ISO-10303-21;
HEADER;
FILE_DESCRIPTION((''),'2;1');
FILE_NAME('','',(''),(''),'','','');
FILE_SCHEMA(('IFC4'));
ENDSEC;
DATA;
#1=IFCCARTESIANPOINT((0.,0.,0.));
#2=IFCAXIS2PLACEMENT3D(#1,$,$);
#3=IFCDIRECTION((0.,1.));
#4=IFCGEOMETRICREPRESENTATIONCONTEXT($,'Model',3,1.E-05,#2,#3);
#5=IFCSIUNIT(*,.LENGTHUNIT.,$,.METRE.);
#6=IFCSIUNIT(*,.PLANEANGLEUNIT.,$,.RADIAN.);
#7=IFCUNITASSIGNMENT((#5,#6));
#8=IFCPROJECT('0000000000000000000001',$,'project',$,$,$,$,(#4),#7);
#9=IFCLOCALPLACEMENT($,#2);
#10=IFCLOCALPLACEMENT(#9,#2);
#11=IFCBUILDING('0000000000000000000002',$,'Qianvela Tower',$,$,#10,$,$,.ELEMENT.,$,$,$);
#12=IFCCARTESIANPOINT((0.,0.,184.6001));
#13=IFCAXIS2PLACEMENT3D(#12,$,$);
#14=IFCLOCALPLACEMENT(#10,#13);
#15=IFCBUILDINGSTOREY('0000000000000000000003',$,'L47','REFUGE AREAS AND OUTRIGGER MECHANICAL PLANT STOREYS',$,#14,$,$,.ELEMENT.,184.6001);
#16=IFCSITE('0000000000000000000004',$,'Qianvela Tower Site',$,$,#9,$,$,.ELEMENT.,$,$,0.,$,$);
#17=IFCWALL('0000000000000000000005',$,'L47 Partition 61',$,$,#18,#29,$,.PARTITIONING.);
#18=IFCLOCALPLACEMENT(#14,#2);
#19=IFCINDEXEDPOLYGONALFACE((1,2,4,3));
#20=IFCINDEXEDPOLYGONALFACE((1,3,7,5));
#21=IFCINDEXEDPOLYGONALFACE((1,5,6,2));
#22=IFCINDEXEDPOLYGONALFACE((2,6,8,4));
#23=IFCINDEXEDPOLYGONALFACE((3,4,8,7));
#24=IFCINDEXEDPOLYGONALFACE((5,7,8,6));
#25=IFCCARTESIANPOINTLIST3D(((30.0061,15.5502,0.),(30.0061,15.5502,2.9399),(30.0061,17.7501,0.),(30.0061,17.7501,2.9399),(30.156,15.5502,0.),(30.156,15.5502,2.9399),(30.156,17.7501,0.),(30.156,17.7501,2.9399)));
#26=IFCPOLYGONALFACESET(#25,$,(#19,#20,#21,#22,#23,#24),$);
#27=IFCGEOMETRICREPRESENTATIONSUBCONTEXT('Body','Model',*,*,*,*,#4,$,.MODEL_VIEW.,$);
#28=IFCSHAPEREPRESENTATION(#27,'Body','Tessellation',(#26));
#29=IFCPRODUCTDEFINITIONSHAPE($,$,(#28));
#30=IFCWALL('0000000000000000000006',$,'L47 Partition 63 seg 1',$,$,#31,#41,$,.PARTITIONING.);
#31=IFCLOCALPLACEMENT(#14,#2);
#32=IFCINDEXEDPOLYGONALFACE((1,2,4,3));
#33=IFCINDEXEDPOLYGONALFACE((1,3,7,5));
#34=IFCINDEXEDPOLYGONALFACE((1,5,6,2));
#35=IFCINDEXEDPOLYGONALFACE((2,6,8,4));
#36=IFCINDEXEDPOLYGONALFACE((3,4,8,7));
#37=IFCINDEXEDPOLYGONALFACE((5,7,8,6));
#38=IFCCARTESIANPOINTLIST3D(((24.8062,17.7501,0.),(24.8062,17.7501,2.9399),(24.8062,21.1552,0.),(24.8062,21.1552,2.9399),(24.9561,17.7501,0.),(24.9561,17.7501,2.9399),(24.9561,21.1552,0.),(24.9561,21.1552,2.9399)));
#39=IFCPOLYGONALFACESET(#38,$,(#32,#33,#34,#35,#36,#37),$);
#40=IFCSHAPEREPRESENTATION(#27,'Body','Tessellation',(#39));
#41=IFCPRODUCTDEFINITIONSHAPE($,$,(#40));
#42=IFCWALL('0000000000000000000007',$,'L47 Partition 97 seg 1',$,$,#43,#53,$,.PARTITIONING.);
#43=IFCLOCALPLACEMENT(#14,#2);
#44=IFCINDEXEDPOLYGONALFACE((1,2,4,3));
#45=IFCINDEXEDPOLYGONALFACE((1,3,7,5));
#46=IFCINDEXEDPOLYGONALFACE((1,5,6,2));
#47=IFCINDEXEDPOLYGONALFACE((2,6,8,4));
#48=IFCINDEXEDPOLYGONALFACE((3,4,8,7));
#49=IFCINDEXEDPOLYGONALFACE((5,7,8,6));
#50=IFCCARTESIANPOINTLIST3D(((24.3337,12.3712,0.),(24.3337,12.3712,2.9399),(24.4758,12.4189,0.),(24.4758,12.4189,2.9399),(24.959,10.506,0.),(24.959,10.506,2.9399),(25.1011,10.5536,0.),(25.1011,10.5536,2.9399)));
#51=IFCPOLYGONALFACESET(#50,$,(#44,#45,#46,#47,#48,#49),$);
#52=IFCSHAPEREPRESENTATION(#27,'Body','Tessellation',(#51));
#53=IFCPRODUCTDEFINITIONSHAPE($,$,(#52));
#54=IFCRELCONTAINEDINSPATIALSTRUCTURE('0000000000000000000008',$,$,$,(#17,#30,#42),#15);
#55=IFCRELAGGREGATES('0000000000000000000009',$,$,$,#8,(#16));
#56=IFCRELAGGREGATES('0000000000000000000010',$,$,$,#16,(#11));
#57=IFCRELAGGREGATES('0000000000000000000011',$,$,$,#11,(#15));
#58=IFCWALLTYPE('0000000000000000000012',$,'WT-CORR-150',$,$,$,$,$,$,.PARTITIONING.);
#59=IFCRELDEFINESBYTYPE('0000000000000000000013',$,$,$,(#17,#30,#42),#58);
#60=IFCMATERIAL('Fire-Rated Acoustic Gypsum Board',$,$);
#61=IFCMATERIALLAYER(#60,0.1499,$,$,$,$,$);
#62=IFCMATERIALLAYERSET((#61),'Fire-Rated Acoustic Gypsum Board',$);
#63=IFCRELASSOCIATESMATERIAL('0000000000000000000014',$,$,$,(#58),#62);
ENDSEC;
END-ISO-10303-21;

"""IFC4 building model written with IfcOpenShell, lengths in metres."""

from ifc_helpers import new_model, si_unit, direction, frame, frame_2d, origin, place, context, subcontext, project, spatial, rectangle, extrude, material, layer, layer_set, type_object, element, save


model = new_model("IFC4")

# Units and contexts
model_context = context("Model", 3, precision=1e-05, world=origin(), true_north=direction((0.0, 1.0)))
body_context = subcontext(model_context, "Body", "Model", "MODEL_VIEW")
ifc_project = project(units=[si_unit("LENGTHUNIT", "METRE"), si_unit("PLANEANGLEUNIT", "RADIAN")], contexts=[model_context])

# Site, building, storey
site_placement = place(None, origin())
site = spatial("IfcSite", under=ifc_project, at=site_placement, Name="Qianvela Tower Site", CompositionType="ELEMENT", RefElevation=0.0)
building_placement = place(site_placement, origin())
building = spatial("IfcBuilding", under=site, at=building_placement, Name="Qianvela Tower", CompositionType="ELEMENT")
storey_placement = place(building_placement, frame((0.0, 0.0, 184.6001)))
storey = spatial("IfcBuildingStorey", under=building, at=storey_placement, Name="L47", Description="REFUGE AREAS AND OUTRIGGER MECHANICAL PLANT STOREYS", CompositionType="ELEMENT", Elevation=184.6001)

# Walls
ifc_material_1 = material(Name="Fire-Rated Acoustic Gypsum Board")
ifc_layer_1 = layer(ifc_material_1, 0.1499)
ifc_layer_set_1 = layer_set([ifc_layer_1], Name="Fire-Rated Acoustic Gypsum Board")
wall_type = type_object("IfcWallType", Name="WT-CORR-150", PredefinedType="PARTITIONING", material=ifc_layer_set_1)
wall_1_placement = place(storey_placement, frame((30.0811, 15.55, 0.0), z_axis=(0.0, 0.0, 1.0), x_axis=(0.0, 1.0, 0.0)))
element("IfcWall", 1, at=wall_1_placement, inside=storey, type_object=wall_type, Name="L47 Partition 61", PredefinedType="PARTITIONING", context=body_context, shape_type="SweptSolid", body=[
    extrude(rectangle(XDim=2.2, YDim=0.1499, at=frame_2d((1.1001, 0.0))), origin(), (0.0, 0.0, 1.0), 2.9399),
])
wall_2_placement = place(storey_placement, frame((24.8811, 17.75, 0.0), z_axis=(0.0, 0.0, 1.0), x_axis=(0.0, 1.0, 0.0)))
element("IfcWall", 2, at=wall_2_placement, inside=storey, type_object=wall_type, Name="L47 Partition 63 seg 1", PredefinedType="PARTITIONING", context=body_context, shape_type="SweptSolid", body=[
    extrude(rectangle(XDim=3.405, YDim=0.1499, at=frame_2d((1.7026, 0.0))), origin(), (0.0, 0.0, 1.0), 2.9399),
])
wall_3_placement = place(storey_placement, frame((25.03, 10.5298, 0.0), z_axis=(0.0, 0.0, 1.0), x_axis=(-0.317828, 0.948148, 0.0)))
element("IfcWall", 3, at=wall_3_placement, inside=storey, type_object=wall_type, Name="L47 Partition 97 seg 1", PredefinedType="PARTITIONING", context=body_context, shape_type="SweptSolid", body=[
    extrude(rectangle(XDim=1.9673, YDim=0.1499, at=frame_2d((0.9836, 0.0))), origin(), (0.0, 0.0, 1.0), 2.9399),
])

save(model, "model.ifc")
